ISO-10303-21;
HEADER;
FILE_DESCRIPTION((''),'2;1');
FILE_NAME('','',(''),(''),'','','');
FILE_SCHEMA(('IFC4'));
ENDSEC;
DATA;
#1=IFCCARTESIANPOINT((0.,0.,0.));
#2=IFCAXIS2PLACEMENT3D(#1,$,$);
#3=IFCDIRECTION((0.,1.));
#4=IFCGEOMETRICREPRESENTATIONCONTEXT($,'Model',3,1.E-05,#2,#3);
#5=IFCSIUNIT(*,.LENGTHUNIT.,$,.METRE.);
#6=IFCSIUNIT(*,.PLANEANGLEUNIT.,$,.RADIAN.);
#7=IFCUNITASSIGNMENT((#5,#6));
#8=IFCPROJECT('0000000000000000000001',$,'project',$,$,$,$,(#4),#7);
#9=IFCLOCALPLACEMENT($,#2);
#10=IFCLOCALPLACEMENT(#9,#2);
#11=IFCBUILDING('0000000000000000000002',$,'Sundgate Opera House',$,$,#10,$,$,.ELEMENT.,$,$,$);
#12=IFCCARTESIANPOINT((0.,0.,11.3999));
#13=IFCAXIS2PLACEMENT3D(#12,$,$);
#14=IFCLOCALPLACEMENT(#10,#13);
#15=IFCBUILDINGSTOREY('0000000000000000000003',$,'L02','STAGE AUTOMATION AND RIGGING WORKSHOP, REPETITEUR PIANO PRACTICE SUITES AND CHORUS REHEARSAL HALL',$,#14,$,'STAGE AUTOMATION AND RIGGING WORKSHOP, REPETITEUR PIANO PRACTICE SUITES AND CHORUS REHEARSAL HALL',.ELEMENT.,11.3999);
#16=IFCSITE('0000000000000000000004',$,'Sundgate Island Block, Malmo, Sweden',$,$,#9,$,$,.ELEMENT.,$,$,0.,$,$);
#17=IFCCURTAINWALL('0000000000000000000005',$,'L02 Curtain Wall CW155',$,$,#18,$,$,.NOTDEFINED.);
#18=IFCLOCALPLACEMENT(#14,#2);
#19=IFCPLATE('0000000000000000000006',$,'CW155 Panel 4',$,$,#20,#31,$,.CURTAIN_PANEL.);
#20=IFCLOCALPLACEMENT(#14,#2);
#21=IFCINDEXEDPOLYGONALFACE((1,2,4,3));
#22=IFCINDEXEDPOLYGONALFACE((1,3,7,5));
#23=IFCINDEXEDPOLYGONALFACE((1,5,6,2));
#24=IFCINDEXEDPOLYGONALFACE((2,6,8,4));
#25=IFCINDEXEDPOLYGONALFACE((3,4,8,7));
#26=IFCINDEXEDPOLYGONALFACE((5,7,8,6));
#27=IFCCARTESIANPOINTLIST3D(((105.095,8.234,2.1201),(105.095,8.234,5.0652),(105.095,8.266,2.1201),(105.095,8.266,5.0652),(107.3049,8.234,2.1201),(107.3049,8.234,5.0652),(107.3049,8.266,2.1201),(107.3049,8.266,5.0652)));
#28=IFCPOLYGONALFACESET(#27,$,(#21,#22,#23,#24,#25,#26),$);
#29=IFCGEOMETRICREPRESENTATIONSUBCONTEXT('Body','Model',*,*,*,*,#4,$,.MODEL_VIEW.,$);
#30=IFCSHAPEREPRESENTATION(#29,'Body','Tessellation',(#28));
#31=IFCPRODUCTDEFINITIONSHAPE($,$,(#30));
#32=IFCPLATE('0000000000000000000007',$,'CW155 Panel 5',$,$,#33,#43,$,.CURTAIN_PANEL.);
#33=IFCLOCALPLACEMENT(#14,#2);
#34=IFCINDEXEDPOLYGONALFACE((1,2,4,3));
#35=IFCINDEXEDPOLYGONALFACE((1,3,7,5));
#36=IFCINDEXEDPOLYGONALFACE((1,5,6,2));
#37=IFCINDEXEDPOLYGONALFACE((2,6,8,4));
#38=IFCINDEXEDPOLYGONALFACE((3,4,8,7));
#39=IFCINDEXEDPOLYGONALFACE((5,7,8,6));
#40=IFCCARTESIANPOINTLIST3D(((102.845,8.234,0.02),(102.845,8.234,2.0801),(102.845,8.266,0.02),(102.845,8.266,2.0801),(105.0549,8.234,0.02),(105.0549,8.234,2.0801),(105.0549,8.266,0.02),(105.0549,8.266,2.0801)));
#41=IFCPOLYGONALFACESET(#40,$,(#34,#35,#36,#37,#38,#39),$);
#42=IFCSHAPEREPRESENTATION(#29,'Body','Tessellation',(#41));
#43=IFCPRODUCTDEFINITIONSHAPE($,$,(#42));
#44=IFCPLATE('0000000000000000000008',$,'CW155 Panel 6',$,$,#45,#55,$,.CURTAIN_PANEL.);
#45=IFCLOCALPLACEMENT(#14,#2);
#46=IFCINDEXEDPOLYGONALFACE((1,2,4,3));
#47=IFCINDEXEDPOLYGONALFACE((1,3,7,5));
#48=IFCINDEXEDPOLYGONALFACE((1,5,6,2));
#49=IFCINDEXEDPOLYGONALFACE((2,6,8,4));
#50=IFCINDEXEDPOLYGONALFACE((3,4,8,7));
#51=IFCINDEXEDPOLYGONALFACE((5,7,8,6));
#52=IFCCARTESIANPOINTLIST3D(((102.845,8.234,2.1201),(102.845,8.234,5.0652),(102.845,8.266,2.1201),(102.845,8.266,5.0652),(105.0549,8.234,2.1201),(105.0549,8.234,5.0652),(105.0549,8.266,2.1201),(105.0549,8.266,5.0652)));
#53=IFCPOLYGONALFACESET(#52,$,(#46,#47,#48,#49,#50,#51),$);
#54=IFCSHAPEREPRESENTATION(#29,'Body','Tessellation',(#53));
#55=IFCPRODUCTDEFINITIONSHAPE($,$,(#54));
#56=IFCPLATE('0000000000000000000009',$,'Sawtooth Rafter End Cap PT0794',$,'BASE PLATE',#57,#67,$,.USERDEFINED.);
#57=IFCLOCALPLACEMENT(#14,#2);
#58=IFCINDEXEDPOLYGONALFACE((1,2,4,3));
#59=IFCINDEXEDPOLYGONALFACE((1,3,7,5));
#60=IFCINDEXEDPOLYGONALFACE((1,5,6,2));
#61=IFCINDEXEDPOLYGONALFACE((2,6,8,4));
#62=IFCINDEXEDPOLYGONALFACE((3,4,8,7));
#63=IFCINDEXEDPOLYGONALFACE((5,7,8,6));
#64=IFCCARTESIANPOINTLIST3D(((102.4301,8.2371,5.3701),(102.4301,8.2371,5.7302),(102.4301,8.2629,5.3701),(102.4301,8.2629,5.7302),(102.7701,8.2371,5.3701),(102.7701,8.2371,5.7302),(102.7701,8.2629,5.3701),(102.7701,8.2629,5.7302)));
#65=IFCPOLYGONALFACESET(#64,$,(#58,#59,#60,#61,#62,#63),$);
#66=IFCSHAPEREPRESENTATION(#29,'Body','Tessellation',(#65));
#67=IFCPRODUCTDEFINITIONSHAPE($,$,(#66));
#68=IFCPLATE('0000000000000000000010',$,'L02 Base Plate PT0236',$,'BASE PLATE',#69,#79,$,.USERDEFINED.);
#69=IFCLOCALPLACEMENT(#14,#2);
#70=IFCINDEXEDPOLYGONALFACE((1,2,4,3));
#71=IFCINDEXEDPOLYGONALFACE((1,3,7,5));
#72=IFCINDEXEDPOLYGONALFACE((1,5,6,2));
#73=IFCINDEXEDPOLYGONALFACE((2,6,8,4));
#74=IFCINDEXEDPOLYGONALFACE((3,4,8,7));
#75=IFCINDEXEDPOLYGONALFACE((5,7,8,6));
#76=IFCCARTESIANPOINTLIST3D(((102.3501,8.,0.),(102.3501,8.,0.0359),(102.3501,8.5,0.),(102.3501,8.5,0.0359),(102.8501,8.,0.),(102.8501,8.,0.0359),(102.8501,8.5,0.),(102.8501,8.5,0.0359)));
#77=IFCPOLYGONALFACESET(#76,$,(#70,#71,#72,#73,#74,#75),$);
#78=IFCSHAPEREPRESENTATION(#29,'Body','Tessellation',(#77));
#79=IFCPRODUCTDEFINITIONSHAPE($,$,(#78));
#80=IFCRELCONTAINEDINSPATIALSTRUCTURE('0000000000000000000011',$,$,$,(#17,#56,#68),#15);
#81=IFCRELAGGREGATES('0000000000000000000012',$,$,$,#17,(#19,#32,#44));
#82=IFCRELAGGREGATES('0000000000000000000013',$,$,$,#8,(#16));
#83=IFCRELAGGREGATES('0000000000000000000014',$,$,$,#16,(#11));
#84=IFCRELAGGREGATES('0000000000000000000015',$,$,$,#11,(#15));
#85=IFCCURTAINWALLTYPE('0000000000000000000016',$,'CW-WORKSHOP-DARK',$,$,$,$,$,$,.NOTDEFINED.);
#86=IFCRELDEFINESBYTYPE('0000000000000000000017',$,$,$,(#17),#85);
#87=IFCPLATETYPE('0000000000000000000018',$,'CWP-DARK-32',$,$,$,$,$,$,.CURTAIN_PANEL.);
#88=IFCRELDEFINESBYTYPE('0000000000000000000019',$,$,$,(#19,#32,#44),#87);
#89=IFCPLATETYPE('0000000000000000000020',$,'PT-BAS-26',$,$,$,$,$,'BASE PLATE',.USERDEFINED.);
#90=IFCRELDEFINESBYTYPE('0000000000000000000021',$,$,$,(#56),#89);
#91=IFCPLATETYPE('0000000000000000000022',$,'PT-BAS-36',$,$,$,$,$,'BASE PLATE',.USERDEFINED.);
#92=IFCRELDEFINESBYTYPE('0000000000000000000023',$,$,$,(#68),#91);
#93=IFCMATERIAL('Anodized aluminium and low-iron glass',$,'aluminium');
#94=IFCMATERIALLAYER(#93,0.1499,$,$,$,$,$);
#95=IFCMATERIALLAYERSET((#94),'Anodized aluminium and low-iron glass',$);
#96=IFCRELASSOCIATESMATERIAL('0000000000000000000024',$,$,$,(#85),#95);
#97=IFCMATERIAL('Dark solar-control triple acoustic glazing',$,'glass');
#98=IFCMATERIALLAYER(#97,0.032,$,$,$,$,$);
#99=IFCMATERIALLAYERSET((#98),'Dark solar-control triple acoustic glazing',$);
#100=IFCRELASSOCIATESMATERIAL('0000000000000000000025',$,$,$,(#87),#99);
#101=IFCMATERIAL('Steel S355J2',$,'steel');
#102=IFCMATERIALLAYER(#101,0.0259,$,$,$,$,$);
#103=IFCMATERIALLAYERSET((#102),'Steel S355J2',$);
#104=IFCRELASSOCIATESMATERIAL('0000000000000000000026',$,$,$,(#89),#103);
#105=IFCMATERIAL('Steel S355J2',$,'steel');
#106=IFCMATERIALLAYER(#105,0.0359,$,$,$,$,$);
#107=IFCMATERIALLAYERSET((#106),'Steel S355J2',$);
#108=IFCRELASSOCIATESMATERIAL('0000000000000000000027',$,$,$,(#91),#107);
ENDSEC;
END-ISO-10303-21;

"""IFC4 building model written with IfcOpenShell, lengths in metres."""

from ifc_helpers import new_model, si_unit, direction, frame, origin, origin_2d, place, context, subcontext, project, spatial, rectangle, extrude, material, layer, layer_set, type_object, element, aggregate, save


model = new_model("IFC4")

# Units and contexts
model_context = context("Model", 3, precision=1e-05, world=origin(), true_north=direction((0.0, 1.0)))
body_context = subcontext(model_context, "Body", "Model", "MODEL_VIEW")
ifc_project = project(units=[si_unit("LENGTHUNIT", "METRE"), si_unit("PLANEANGLEUNIT", "RADIAN")], contexts=[model_context])

# Site, building, storey
site_placement = place(None, origin())
site = spatial("IfcSite", under=ifc_project, at=site_placement, Name="Sundgate Island Block, Malmo, Sweden", CompositionType="ELEMENT", RefElevation=0.0)
building_placement = place(site_placement, origin())
building = spatial("IfcBuilding", under=site, at=building_placement, Name="Sundgate Opera House", CompositionType="ELEMENT")
storey_placement = place(building_placement, frame((0.0, 0.0, 11.3999)))
storey = spatial("IfcBuildingStorey", under=building, at=storey_placement, Name="L02", Description="STAGE AUTOMATION AND RIGGING WORKSHOP, REPETITEUR PIANO PRACTICE SUITES AND CHORUS REHEARSAL HALL", LongName="STAGE AUTOMATION AND RIGGING WORKSHOP, REPETITEUR PIANO PRACTICE SUITES AND CHORUS REHEARSAL HALL", CompositionType="ELEMENT", Elevation=11.3999)

# Curtain wall
ifc_material_1 = material(Name="Anodized aluminium and low-iron glass", Category="aluminium")
ifc_layer_1 = layer(ifc_material_1, 0.1499)
ifc_layer_set_1 = layer_set([ifc_layer_1], Name="Anodized aluminium and low-iron glass")
curtain_wall_type = type_object("IfcCurtainWallType", Name="CW-WORKSHOP-DARK", PredefinedType="NOTDEFINED", material=ifc_layer_set_1)
curtain_wall_1_placement = place(storey_placement, origin())
curtain_wall_1 = element("IfcCurtainWall", 1, at=curtain_wall_1_placement, inside=storey, type_object=curtain_wall_type, Name="L02 Curtain Wall CW155", PredefinedType="NOTDEFINED")

# Plates
ifc_material_2 = material(Name="Dark solar-control triple acoustic glazing", Category="glass")
ifc_layer_2 = layer(ifc_material_2, 0.032)
ifc_layer_set_2 = layer_set([ifc_layer_2], Name="Dark solar-control triple acoustic glazing")
plate_type_1 = type_object("IfcPlateType", Name="CWP-DARK-32", PredefinedType="CURTAIN_PANEL", material=ifc_layer_set_2)
plate_1_placement = place(storey_placement, frame((106.2, 8.25, 2.1201), z_axis=(0.0, 0.0, 1.0), x_axis=(-1.0, 0.0, 0.0)))
plate_1 = element("IfcPlate", 2, at=plate_1_placement, type_object=plate_type_1, Name="CW155 Panel 4", PredefinedType="CURTAIN_PANEL", context=body_context, shape_type="SweptSolid", body=[
    extrude(rectangle(XDim=2.21, YDim=0.032, at=origin_2d()), origin(), (0.0, 0.0, 1.0), 2.9451),
])
plate_2_placement = place(storey_placement, frame((103.95, 8.25, 0.02), z_axis=(0.0, 0.0, 1.0), x_axis=(-1.0, 0.0, 0.0)))
plate_2 = element("IfcPlate", 3, at=plate_2_placement, type_object=plate_type_1, Name="CW155 Panel 5", PredefinedType="CURTAIN_PANEL", context=body_context, shape_type="SweptSolid", body=[
    extrude(rectangle(XDim=2.21, YDim=0.032, at=origin_2d()), origin(), (0.0, 0.0, 1.0), 2.0601),
])
plate_3_placement = place(storey_placement, frame((103.95, 8.25, 2.1201), z_axis=(0.0, 0.0, 1.0), x_axis=(-1.0, 0.0, 0.0)))
plate_3 = element("IfcPlate", 4, at=plate_3_placement, type_object=plate_type_1, Name="CW155 Panel 6", PredefinedType="CURTAIN_PANEL", context=body_context, shape_type="SweptSolid", body=[
    extrude(rectangle(XDim=2.21, YDim=0.032, at=origin_2d()), origin(), (0.0, 0.0, 1.0), 2.9451),
])
aggregate(curtain_wall_1, [plate_1, plate_2, plate_3])

# Plates
ifc_material_3 = material(Name="Steel S355J2", Category="steel")
ifc_layer_3 = layer(ifc_material_3, 0.0259)
ifc_layer_set_3 = layer_set([ifc_layer_3], Name="Steel S355J2")
plate_type_2 = type_object("IfcPlateType", Name="PT-BAS-26", ElementType="BASE PLATE", PredefinedType="USERDEFINED", material=ifc_layer_set_3)
plate_4_placement = place(storey_placement, frame((102.6001, 8.25, 5.3701), z_axis=(0.0, 0.0, 1.0), x_axis=(1.0, 0.0, 0.0)))
element("IfcPlate", 5, at=plate_4_placement, inside=storey, type_object=plate_type_2, Name="Sawtooth Rafter End Cap PT0794", ObjectType="BASE PLATE", PredefinedType="USERDEFINED", context=body_context, shape_type="SweptSolid", body=[
    extrude(rectangle(XDim=0.3401, YDim=0.0259, at=origin_2d()), origin(), (0.0, 0.0, 1.0), 0.3601),
])
ifc_material_4 = material(Name="Steel S355J2", Category="steel")
ifc_layer_4 = layer(ifc_material_4, 0.0359)
ifc_layer_set_4 = layer_set([ifc_layer_4], Name="Steel S355J2")
plate_type_3 = type_object("IfcPlateType", Name="PT-BAS-36", ElementType="BASE PLATE", PredefinedType="USERDEFINED", material=ifc_layer_set_4)
plate_5_placement = place(storey_placement, frame((102.6001, 8.25, 0.0), z_axis=(0.0, 0.0, 1.0), x_axis=(1.0, 0.0, 0.0)))
element("IfcPlate", 6, at=plate_5_placement, inside=storey, type_object=plate_type_3, Name="L02 Base Plate PT0236", ObjectType="BASE PLATE", PredefinedType="USERDEFINED", context=body_context, shape_type="SweptSolid", body=[
    extrude(rectangle(XDim=0.5, YDim=0.5, at=origin_2d()), origin(), (0.0, 0.0, 1.0), 0.0359),
])

save(model, "model.ifc")
